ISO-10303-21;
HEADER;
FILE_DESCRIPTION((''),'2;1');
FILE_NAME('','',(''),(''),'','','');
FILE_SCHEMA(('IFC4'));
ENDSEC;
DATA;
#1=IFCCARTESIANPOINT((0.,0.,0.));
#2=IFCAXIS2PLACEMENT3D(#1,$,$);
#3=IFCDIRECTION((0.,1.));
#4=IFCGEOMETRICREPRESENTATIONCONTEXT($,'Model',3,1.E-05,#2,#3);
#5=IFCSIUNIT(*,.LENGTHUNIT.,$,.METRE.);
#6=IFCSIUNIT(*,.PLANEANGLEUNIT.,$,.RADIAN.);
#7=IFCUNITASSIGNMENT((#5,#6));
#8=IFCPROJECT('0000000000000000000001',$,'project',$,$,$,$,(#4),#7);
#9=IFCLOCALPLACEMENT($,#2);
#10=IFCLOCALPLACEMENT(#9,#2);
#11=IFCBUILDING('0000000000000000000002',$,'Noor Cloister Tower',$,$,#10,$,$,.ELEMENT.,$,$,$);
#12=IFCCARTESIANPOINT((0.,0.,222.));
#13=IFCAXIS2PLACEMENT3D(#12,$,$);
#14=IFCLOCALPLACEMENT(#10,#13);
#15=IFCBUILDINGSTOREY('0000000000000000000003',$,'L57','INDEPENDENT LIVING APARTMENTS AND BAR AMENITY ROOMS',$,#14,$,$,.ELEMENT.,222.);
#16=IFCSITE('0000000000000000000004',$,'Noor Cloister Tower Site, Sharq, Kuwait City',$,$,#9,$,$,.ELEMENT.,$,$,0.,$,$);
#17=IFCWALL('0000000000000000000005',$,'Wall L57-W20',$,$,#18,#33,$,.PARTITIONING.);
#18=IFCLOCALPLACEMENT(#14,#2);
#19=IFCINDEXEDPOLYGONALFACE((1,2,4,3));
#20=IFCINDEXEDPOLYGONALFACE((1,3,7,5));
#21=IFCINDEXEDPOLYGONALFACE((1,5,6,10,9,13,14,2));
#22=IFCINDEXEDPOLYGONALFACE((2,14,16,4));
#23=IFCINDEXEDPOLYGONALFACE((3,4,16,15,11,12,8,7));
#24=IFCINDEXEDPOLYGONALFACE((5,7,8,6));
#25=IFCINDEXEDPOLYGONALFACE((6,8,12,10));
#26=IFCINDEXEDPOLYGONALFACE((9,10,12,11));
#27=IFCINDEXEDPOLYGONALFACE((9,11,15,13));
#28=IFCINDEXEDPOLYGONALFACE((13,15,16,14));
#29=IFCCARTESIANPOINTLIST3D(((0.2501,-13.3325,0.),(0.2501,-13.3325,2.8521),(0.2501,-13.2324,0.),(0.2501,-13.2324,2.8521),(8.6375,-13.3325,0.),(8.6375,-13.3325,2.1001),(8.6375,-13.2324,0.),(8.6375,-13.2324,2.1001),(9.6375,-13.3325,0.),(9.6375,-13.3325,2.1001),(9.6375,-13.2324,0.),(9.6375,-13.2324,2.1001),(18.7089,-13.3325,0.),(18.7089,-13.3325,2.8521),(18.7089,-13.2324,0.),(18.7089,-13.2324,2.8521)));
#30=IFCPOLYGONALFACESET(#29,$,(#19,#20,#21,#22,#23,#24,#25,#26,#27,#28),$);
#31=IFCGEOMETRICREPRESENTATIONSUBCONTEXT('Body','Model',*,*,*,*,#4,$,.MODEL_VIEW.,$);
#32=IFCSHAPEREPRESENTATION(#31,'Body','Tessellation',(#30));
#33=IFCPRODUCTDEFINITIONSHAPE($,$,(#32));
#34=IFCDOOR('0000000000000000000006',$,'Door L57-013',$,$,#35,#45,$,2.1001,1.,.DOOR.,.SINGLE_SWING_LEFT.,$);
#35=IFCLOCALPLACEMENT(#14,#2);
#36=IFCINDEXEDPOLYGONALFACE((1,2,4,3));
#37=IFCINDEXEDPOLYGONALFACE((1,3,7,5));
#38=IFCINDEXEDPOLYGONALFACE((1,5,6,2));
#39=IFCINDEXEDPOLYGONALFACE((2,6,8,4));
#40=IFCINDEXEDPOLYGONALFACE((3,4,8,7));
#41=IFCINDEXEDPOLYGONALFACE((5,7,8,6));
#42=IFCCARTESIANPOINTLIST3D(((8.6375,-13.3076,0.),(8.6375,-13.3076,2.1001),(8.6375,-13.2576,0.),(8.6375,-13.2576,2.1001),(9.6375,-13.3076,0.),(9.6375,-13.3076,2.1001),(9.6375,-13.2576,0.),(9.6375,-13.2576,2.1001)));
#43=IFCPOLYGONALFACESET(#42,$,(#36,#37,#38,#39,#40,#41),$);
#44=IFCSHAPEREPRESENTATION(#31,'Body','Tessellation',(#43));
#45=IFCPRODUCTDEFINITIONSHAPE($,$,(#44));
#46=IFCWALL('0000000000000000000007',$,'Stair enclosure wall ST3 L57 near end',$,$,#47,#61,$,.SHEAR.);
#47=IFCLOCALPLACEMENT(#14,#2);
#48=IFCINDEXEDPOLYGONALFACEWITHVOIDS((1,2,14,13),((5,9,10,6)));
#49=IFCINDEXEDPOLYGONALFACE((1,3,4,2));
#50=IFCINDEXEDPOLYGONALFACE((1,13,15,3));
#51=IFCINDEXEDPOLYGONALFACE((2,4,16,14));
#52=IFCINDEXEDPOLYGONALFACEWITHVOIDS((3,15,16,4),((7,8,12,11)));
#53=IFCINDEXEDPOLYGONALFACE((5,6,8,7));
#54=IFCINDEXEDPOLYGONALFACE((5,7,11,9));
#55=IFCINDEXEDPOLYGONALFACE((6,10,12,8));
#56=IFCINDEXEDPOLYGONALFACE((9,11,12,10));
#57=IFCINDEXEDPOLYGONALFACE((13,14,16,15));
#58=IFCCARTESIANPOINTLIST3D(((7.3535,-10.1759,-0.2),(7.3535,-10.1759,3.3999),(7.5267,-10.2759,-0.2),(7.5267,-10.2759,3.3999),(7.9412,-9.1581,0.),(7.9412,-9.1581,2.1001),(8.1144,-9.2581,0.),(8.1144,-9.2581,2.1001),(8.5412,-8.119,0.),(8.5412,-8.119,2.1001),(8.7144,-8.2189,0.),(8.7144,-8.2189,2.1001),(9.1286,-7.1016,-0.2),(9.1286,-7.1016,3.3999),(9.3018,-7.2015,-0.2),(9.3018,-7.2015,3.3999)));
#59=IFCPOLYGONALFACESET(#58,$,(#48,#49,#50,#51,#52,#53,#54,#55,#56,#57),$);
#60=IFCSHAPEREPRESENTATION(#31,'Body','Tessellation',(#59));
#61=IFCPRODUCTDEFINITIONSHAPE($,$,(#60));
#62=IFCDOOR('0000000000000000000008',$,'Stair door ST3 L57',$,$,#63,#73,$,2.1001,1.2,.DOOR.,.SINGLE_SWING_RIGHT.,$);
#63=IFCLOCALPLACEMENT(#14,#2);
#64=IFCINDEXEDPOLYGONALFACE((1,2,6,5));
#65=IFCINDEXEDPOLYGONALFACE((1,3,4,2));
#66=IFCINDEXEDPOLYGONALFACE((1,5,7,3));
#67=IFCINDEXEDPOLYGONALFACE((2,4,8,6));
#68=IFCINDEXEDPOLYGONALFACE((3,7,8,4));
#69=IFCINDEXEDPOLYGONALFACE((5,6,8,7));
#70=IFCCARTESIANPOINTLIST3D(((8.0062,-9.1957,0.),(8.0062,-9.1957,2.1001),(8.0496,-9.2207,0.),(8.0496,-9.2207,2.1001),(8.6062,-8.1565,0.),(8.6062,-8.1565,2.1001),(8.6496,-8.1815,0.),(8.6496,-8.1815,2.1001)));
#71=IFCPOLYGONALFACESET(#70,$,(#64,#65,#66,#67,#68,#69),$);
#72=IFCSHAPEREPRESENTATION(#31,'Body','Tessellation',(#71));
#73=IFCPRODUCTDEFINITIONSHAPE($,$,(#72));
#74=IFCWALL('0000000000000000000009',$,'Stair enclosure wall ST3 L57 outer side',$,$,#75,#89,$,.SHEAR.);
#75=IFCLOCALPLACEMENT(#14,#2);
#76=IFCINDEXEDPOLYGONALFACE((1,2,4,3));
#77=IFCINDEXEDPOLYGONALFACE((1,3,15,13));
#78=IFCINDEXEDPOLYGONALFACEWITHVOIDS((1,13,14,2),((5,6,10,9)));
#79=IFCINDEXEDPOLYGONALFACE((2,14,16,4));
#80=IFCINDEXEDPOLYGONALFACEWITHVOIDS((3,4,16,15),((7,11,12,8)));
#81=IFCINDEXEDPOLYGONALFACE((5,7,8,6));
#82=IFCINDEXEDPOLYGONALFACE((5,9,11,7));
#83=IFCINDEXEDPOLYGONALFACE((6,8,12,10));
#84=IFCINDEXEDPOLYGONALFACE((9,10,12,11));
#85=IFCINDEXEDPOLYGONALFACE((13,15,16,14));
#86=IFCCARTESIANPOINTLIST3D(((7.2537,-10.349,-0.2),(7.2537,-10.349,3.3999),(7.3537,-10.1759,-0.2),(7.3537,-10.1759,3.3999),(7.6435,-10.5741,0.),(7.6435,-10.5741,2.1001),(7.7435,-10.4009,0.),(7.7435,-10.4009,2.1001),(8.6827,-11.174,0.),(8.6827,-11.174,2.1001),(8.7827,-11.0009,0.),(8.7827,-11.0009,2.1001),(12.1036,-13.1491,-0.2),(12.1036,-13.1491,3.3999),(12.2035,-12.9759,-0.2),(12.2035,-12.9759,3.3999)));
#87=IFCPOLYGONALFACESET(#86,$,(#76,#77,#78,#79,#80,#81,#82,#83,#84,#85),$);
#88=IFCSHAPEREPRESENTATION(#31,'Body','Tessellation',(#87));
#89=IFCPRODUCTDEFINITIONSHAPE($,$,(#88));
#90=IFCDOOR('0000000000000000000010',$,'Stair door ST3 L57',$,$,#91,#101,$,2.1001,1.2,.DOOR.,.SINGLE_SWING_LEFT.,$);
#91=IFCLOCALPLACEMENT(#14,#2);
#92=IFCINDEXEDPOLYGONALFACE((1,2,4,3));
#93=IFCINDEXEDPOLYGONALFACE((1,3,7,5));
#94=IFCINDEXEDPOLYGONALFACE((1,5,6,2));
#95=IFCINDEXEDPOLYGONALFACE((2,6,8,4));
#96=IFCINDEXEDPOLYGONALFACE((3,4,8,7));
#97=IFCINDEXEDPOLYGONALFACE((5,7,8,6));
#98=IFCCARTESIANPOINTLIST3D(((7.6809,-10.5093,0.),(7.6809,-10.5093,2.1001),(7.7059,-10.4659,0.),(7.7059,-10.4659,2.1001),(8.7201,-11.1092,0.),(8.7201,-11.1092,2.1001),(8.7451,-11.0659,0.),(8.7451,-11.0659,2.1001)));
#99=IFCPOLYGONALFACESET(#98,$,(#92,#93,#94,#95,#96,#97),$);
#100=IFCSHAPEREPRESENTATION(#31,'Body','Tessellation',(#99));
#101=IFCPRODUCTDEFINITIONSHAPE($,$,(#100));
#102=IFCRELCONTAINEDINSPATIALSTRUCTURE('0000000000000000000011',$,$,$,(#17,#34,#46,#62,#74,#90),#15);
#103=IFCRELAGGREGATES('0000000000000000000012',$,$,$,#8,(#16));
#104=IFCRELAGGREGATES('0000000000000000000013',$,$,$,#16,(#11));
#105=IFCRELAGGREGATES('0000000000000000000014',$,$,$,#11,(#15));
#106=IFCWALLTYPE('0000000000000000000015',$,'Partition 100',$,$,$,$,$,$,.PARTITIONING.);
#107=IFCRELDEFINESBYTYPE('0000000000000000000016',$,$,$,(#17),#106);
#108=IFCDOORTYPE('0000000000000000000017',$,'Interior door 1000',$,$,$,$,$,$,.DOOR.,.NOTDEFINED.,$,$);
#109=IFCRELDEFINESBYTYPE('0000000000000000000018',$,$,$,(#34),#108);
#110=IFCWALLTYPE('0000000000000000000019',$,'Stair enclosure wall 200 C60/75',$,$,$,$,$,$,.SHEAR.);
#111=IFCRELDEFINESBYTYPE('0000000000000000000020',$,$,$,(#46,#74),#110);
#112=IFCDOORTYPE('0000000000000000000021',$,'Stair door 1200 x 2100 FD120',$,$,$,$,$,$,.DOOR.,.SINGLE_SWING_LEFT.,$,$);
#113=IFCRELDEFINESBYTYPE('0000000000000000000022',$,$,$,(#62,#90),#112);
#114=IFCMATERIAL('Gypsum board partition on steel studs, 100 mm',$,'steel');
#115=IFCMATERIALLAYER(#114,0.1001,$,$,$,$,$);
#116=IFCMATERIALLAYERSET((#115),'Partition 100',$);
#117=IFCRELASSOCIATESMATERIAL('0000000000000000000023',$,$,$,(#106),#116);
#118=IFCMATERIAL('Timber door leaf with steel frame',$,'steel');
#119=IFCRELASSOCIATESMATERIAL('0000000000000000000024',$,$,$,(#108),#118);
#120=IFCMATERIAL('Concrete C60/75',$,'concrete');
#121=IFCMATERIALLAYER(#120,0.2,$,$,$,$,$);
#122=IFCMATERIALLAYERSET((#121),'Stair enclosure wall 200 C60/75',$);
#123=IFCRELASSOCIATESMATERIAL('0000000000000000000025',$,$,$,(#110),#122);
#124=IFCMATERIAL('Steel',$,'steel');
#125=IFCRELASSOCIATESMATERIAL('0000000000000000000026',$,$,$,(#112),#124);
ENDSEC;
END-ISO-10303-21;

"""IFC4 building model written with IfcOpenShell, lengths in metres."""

from ifc_helpers import new_model, si_unit, direction, frame, frame_2d, origin, place, context, subcontext, project, spatial, rectangle, extrude, material, layer, layer_set, type_object, element, fill, save


model = new_model("IFC4")

# Units and contexts
model_context = context("Model", 3, precision=1e-05, world=origin(), true_north=direction((0.0, 1.0)))
body_context = subcontext(model_context, "Body", "Model", "MODEL_VIEW")
ifc_project = project(units=[si_unit("LENGTHUNIT", "METRE"), si_unit("PLANEANGLEUNIT", "RADIAN")], contexts=[model_context])

# Site, building, storey
site_placement = place(None, origin())
site = spatial("IfcSite", under=ifc_project, at=site_placement, Name="Noor Cloister Tower Site, Sharq, Kuwait City", CompositionType="ELEMENT", RefElevation=0.0)
building_placement = place(site_placement, origin())
building = spatial("IfcBuilding", under=site, at=building_placement, Name="Noor Cloister Tower", CompositionType="ELEMENT")
storey_placement = place(building_placement, frame((0.0, 0.0, 222.0)))
storey = spatial("IfcBuildingStorey", under=building, at=storey_placement, Name="L57", Description="INDEPENDENT LIVING APARTMENTS AND BAR AMENITY ROOMS", CompositionType="ELEMENT", Elevation=222.0)

# Shared definitions
ifc_material_1 = material(Name="Gypsum board partition on steel studs, 100 mm", Category="steel")
ifc_layer_1 = layer(ifc_material_1, 0.1001)
ifc_layer_set_1 = layer_set([ifc_layer_1], Name="Partition 100")
wall_type_1 = type_object("IfcWallType", Name="Partition 100", PredefinedType="PARTITIONING", material=ifc_layer_set_1)

# Walls, openings, doors
wall_1_placement = place(storey_placement, frame((0.25, -13.2825, 0.0), z_axis=(0.0, 0.0, 1.0), x_axis=(1.0, 0.0, 0.0)))
wall_1 = element("IfcWall", 1, at=wall_1_placement, inside=storey, type_object=wall_type_1, Name="Wall L57-W20", PredefinedType="PARTITIONING", context=body_context, shape_type="SweptSolid", body=[
    extrude(rectangle(XDim=18.4587, YDim=0.1001, at=frame_2d((9.2295, 0.0))), origin(), (0.0, 0.0, 1.0), 2.8521),
])
opening_1_placement = place(wall_1_placement, frame((8.3875, 0.0, 0.0)))
opening_1 = element("IfcOpeningElement", 2, at=opening_1_placement, cuts=wall_1, PredefinedType="OPENING", context=body_context, shape_type="SweptSolid", body=[
    extrude(rectangle(XDim=1.0, YDim=2.1001, at=frame_2d((0.5, 1.05))), frame((0.0, 0.0601, 0.0), z_axis=(0.0, -1.0, 0.0), x_axis=(1.0, 0.0, 0.0)), (0.0, 0.0, 1.0), 0.1201),
])
ifc_material_2 = material(Name="Timber door leaf with steel frame", Category="steel")
door_type_1 = type_object("IfcDoorType", Name="Interior door 1000", OperationType="NOTDEFINED", PredefinedType="DOOR", material=ifc_material_2)
door_1_placement = place(opening_1_placement, origin())
door_1 = element("IfcDoor", 3, at=door_1_placement, inside=storey, type_object=door_type_1, Name="Door L57-013", OperationType="SINGLE_SWING_LEFT", OverallHeight=2.1001, OverallWidth=1.0, PredefinedType="DOOR", context=body_context, shape_type="SweptSolid", body=[
    extrude(rectangle(XDim=1.0, YDim=2.1001, at=frame_2d((0.5, 1.05))), frame((0.0, 0.0249, 0.0), z_axis=(0.0, -1.0, 0.0), x_axis=(1.0, 0.0, 0.0)), (0.0, 0.0, 1.0), 0.05),
])
fill(opening_1, door_1)
ifc_material_3 = material(Name="Concrete C60/75", Category="concrete")
ifc_layer_2 = layer(ifc_material_3, 0.2)
ifc_layer_set_2 = layer_set([ifc_layer_2], Name="Stair enclosure wall 200 C60/75")
wall_type_2 = type_object("IfcWallType", Name="Stair enclosure wall 200 C60/75", PredefinedType="SHEAR", material=ifc_layer_set_2)
wall_2_placement = place(storey_placement, frame((7.4402, -10.2258, -0.2), z_axis=(0.0, 0.0, 1.0), x_axis=(0.500022, 0.866013, 0.0)))
wall_2 = element("IfcWall", 4, at=wall_2_placement, inside=storey, type_object=wall_type_2, Name="Stair enclosure wall ST3 L57 near end", PredefinedType="SHEAR", context=body_context, shape_type="SweptSolid", body=[
    extrude(rectangle(XDim=3.55, YDim=0.2, at=frame_2d((1.7749, 0.0))), origin(), (0.0, 0.0, 1.0), 3.5999),
])
opening_2_placement = place(wall_2_placement, frame((1.175, 0.0, 0.2)))
opening_2 = element("IfcOpeningElement", 5, at=opening_2_placement, cuts=wall_2, PredefinedType="OPENING", context=body_context, shape_type="SweptSolid", body=[
    extrude(rectangle(XDim=1.2, YDim=2.1001, at=frame_2d((0.6001, 1.05))), frame((0.0, 0.1099, 0.0), z_axis=(0.0, -1.0, 0.0), x_axis=(1.0, 0.0, 0.0)), (0.0, 0.0, 1.0), 0.22),
])
ifc_material_4 = material(Name="Steel", Category="steel")
door_type_2 = type_object("IfcDoorType", Name="Stair door 1200 x 2100 FD120", OperationType="SINGLE_SWING_LEFT", PredefinedType="DOOR", material=ifc_material_4)
door_2_placement = place(opening_2_placement, origin())
door_2 = element("IfcDoor", 6, at=door_2_placement, inside=storey, type_object=door_type_2, Name="Stair door ST3 L57", OperationType="SINGLE_SWING_RIGHT", OverallHeight=2.1001, OverallWidth=1.2, PredefinedType="DOOR", context=body_context, shape_type="SweptSolid", body=[
    extrude(rectangle(XDim=1.2, YDim=2.1001, at=frame_2d((0.6001, 1.05))), frame((0.0, 0.0249, 0.0), z_axis=(0.0, -1.0, 0.0), x_axis=(1.0, 0.0, 0.0)), (0.0, 0.0, 1.0), 0.05),
])
fill(opening_2, door_2)
wall_3_placement = place(storey_placement, frame((7.3037, -10.2625, -0.2), z_axis=(0.0, 0.0, 1.0), x_axis=(0.866027, -0.499998, 0.0)))
wall_3 = element("IfcWall", 7, at=wall_3_placement, inside=storey, type_object=wall_type_2, Name="Stair enclosure wall ST3 L57 outer side", PredefinedType="SHEAR", context=body_context, shape_type="SweptSolid", body=[
    extrude(rectangle(XDim=5.6001, YDim=0.2, at=frame_2d((2.8, 0.0))), origin(), (0.0, 0.0, 1.0), 3.5999),
])
opening_3_placement = place(wall_3_placement, frame((0.45, 0.0, 0.2)))
opening_3 = element("IfcOpeningElement", 8, at=opening_3_placement, cuts=wall_3, PredefinedType="OPENING", context=body_context, shape_type="SweptSolid", body=[
    extrude(rectangle(XDim=1.2, YDim=2.1001, at=frame_2d((0.6001, 1.05))), frame((0.0, 0.1099, 0.0), z_axis=(0.0, -1.0, 0.0), x_axis=(1.0, 0.0, 0.0)), (0.0, 0.0, 1.0), 0.22),
])
door_3_placement = place(opening_3_placement, origin())
door_3 = element("IfcDoor", 9, at=door_3_placement, inside=storey, type_object=door_type_2, Name="Stair door ST3 L57", OperationType="SINGLE_SWING_LEFT", OverallHeight=2.1001, OverallWidth=1.2, PredefinedType="DOOR", context=body_context, shape_type="SweptSolid", body=[
    extrude(rectangle(XDim=1.2, YDim=2.1001, at=frame_2d((0.6001, 1.05))), frame((0.0, 0.0249, 0.0), z_axis=(0.0, -1.0, 0.0), x_axis=(1.0, 0.0, 0.0)), (0.0, 0.0, 1.0), 0.05),
])
fill(opening_3, door_3)

save(model, "model.ifc")
